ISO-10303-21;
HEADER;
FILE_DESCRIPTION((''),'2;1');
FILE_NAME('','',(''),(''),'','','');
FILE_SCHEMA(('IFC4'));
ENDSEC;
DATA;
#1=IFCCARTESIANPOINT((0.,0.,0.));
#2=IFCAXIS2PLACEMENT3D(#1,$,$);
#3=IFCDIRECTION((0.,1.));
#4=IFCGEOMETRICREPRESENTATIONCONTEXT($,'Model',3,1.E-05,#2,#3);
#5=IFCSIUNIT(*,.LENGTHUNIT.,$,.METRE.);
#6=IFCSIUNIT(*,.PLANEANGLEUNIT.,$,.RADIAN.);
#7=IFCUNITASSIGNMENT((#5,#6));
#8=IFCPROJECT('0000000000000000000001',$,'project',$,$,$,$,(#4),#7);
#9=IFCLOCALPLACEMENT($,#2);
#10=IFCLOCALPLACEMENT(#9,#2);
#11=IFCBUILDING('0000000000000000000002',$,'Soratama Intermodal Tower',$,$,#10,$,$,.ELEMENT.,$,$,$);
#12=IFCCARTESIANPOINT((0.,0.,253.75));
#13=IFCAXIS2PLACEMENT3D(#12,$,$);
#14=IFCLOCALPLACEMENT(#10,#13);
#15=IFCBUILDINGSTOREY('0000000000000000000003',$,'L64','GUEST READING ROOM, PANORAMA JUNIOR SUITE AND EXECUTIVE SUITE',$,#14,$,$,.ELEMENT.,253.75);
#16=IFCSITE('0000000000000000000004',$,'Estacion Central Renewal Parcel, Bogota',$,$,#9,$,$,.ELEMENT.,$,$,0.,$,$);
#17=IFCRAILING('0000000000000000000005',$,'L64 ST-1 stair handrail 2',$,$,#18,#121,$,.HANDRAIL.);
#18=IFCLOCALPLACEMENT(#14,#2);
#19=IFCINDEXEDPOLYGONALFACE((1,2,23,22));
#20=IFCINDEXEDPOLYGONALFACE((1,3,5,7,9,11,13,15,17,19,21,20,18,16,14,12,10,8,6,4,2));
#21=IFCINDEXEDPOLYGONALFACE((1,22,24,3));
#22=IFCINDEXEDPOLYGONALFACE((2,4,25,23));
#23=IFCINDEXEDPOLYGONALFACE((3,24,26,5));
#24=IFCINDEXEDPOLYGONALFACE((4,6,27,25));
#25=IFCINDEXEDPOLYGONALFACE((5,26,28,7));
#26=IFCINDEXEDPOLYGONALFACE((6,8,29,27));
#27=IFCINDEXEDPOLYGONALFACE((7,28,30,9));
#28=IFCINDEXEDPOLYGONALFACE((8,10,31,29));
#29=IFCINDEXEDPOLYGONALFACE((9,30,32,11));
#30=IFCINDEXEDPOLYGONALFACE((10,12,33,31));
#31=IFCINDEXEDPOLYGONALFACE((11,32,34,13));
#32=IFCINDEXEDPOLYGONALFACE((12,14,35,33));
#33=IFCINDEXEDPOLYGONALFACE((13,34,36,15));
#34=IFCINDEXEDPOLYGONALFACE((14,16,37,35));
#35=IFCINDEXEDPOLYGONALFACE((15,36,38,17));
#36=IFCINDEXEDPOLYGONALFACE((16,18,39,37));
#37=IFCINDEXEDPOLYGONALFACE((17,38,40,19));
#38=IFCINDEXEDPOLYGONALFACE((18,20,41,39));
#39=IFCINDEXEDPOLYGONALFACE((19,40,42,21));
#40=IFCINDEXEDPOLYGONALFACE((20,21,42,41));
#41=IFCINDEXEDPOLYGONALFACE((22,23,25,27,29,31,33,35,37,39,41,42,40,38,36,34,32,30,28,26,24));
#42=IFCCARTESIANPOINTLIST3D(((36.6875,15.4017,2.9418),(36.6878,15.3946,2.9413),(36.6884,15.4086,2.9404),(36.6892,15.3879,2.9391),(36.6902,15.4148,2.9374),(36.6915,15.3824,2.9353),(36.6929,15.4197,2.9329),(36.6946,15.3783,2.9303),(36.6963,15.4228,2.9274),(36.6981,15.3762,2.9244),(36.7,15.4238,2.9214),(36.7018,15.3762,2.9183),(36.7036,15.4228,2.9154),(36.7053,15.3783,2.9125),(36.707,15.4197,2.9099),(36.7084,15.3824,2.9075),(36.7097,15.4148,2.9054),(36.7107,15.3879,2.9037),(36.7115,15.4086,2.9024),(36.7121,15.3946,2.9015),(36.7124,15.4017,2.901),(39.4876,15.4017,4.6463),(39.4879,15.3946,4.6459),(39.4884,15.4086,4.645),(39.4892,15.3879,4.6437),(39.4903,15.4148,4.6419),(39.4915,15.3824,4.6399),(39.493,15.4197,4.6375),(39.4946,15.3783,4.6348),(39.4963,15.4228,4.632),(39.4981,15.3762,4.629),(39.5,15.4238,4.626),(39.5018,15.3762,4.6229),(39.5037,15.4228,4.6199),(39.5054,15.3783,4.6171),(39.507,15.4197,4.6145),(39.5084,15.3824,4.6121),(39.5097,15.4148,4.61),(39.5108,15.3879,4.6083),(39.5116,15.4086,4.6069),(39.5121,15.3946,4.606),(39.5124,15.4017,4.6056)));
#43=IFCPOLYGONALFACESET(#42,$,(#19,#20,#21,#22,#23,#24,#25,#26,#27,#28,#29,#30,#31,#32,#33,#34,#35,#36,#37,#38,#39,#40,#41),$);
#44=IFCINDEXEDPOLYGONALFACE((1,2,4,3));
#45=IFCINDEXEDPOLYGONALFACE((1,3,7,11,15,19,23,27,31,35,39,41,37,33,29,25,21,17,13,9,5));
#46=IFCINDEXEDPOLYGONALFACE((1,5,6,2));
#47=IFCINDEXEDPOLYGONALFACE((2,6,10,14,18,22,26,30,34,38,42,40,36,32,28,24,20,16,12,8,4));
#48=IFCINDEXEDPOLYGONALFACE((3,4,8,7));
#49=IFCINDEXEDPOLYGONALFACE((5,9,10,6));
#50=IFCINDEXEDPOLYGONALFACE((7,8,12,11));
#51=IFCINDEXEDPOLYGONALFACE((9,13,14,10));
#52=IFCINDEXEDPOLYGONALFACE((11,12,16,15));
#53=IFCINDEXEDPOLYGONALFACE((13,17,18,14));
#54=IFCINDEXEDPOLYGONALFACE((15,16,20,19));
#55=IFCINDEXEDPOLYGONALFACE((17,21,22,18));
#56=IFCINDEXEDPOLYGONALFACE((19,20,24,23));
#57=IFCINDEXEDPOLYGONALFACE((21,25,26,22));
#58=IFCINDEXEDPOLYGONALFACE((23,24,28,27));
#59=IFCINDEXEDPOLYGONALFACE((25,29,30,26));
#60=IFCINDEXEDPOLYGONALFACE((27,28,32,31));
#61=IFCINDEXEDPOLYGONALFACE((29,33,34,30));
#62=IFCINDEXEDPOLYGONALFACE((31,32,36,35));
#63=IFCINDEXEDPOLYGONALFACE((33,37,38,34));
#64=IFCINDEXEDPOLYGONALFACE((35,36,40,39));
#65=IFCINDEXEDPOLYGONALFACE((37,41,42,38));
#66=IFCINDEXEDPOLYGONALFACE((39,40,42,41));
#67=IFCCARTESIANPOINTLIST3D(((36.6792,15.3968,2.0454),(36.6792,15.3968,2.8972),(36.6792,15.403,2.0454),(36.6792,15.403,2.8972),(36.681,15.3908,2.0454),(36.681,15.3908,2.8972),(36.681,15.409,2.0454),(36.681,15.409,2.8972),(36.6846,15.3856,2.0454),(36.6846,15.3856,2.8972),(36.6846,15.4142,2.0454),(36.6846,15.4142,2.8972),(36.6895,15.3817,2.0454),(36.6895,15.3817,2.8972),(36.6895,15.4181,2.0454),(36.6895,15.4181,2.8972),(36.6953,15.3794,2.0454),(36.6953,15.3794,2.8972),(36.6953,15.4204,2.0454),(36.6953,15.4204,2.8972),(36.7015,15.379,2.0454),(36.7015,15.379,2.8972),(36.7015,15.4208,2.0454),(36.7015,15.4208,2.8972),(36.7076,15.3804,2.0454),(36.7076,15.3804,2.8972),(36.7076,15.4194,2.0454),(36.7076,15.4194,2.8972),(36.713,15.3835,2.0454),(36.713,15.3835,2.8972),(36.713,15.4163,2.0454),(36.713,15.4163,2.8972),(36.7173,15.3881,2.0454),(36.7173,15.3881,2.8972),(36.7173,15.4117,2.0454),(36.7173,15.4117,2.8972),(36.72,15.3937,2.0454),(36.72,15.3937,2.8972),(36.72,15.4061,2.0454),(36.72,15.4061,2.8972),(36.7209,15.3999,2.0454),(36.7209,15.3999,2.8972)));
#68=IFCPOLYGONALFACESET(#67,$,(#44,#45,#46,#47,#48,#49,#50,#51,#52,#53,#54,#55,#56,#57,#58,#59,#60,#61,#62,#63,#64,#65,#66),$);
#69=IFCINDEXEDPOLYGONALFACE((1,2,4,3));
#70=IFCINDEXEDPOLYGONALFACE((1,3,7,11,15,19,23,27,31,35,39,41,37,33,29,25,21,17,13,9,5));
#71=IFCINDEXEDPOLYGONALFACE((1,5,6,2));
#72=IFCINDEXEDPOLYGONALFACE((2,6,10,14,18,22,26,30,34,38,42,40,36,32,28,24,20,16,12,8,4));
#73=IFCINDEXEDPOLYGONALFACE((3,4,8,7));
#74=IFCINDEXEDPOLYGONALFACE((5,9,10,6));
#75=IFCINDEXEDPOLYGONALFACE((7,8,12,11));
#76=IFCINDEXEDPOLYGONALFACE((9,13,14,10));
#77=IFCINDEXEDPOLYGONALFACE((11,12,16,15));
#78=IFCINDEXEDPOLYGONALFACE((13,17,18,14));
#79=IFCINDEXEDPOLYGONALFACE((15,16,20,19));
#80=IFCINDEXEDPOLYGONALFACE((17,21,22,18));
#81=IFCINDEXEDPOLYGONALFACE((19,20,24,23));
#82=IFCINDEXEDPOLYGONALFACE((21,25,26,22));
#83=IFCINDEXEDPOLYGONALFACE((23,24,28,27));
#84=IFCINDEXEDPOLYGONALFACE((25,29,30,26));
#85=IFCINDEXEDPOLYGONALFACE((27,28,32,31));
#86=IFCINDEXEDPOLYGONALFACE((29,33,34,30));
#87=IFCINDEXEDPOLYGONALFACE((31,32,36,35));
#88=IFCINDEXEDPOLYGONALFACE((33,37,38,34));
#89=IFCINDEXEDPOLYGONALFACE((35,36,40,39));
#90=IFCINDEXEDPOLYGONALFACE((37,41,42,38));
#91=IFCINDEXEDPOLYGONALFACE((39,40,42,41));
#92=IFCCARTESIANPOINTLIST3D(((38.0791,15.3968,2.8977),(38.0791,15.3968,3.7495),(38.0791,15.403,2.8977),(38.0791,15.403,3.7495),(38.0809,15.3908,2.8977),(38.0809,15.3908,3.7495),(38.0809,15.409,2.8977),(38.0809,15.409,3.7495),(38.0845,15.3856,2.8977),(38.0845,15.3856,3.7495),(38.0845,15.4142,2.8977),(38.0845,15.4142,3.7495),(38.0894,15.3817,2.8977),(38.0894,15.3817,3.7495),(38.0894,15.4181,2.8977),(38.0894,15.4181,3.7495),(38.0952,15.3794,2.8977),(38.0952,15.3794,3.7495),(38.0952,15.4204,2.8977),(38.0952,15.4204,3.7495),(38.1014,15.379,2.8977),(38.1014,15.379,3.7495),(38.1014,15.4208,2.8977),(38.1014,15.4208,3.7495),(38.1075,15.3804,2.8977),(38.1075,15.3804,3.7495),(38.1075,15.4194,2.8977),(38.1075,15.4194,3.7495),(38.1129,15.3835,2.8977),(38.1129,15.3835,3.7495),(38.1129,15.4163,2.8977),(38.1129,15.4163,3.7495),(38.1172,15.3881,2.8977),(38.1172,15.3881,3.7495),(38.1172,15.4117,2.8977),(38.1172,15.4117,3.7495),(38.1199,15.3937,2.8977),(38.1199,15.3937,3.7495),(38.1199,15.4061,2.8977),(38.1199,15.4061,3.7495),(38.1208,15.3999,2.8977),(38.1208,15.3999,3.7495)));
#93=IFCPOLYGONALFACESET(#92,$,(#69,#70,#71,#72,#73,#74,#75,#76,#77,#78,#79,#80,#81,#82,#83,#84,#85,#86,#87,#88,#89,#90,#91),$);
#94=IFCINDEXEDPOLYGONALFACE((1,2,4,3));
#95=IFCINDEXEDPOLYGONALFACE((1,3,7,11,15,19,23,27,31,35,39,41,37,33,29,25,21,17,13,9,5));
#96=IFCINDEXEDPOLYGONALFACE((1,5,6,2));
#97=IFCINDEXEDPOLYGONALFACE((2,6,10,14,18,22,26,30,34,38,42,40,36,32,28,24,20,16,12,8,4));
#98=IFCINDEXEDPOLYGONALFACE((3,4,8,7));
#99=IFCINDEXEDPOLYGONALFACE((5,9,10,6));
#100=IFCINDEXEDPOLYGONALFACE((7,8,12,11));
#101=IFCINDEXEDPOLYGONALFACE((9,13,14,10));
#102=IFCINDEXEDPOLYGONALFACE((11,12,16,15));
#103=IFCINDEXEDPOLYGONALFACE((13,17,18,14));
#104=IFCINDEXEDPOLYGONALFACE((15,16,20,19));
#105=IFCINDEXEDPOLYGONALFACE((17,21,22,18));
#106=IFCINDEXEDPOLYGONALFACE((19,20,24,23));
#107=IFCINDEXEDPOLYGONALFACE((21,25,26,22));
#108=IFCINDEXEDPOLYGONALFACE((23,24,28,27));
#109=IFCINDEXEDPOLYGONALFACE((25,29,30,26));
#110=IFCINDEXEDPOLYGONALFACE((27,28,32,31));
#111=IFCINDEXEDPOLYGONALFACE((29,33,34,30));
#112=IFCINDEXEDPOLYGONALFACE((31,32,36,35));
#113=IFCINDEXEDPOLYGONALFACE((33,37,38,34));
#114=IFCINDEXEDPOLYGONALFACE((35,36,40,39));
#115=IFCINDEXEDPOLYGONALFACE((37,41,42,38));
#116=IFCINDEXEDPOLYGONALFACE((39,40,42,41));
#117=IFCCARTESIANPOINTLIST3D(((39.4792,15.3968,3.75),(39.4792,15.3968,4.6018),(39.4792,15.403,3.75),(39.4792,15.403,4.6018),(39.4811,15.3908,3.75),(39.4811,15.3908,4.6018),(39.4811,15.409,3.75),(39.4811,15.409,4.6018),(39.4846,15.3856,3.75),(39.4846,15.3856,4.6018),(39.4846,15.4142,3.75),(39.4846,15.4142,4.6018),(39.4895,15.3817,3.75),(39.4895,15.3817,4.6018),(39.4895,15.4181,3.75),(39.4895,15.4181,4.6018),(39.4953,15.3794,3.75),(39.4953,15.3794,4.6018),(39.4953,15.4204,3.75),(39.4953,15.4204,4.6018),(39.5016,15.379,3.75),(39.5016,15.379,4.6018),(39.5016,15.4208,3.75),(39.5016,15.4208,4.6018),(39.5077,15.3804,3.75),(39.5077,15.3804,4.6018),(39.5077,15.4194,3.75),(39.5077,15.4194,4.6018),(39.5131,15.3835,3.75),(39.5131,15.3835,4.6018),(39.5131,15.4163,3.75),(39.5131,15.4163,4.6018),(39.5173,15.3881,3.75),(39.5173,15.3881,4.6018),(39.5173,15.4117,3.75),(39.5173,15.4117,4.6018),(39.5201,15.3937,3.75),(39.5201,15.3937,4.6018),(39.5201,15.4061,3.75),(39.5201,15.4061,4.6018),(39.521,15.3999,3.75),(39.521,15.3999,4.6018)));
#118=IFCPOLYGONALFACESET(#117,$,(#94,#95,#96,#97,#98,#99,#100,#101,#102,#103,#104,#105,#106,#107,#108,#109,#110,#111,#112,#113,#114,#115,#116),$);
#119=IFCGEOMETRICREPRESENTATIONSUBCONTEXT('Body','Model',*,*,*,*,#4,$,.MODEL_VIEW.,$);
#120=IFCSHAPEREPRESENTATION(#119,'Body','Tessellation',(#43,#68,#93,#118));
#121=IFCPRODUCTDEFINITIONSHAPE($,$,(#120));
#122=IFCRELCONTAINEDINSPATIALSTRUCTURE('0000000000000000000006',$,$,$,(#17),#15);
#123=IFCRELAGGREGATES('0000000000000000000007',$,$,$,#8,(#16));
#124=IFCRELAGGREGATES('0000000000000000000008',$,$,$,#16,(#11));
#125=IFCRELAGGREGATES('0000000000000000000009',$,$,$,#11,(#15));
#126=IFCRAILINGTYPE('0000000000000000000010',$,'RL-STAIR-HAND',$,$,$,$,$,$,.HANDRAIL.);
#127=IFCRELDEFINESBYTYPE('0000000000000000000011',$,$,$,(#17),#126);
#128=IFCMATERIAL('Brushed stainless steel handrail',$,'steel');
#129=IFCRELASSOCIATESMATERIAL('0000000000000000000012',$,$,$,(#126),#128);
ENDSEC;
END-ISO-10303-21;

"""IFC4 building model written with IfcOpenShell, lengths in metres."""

from ifc_helpers import new_model, si_unit, direction, frame, origin, origin_2d, place, context, subcontext, project, spatial, circle, extrude, material, type_object, element, save


model = new_model("IFC4")

# Units and contexts
model_context = context("Model", 3, precision=1e-05, world=origin(), true_north=direction((0.0, 1.0)))
body_context = subcontext(model_context, "Body", "Model", "MODEL_VIEW")
ifc_project = project(units=[si_unit("LENGTHUNIT", "METRE"), si_unit("PLANEANGLEUNIT", "RADIAN")], contexts=[model_context])

# Site, building, storey
site_placement = place(None, origin())
site = spatial("IfcSite", under=ifc_project, at=site_placement, Name="Estacion Central Renewal Parcel, Bogota", CompositionType="ELEMENT", RefElevation=0.0)
building_placement = place(site_placement, origin())
building = spatial("IfcBuilding", under=site, at=building_placement, Name="Soratama Intermodal Tower", CompositionType="ELEMENT")
storey_placement = place(building_placement, frame((0.0, 0.0, 253.75)))
storey = spatial("IfcBuildingStorey", under=building, at=storey_placement, Name="L64", Description="GUEST READING ROOM, PANORAMA JUNIOR SUITE AND EXECUTIVE SUITE", CompositionType="ELEMENT", Elevation=253.75)

# Railing
ifc_material_1 = material(Name="Brushed stainless steel handrail", Category="steel")
railing_type_1 = type_object("IfcRailingType", Name="RL-STAIR-HAND", PredefinedType="HANDRAIL", material=ifc_material_1)
railing_1_placement = place(storey_placement, frame((36.7, 15.3999, 2.0454)))
element("IfcRailing", 1, at=railing_1_placement, inside=storey, type_object=railing_type_1, Name="L64 ST-1 stair handrail 2", PredefinedType="HANDRAIL", context=body_context, shape_type="SweptSolid", body=[
    extrude(circle(Radius=0.0239, at=origin_2d()), frame((0.0, 0.0, 0.876), z_axis=(0.85417, 0.0, 0.519994), x_axis=(0.0, 1.0, 0.0)), (0.0, 0.0, 1.0), 3.2781),
    extrude(circle(Radius=0.021, at=origin_2d()), origin(), (0.0, 0.0, 1.0), 0.8518),
    extrude(circle(Radius=0.021, at=origin_2d()), frame((1.3999, 0.0, 0.8523)), (0.0, 0.0, 1.0), 0.8518),
    extrude(circle(Radius=0.021, at=origin_2d()), frame((2.8, 0.0, 1.7046)), (0.0, 0.0, 1.0), 0.8518),
])

save(model, "model.ifc")
